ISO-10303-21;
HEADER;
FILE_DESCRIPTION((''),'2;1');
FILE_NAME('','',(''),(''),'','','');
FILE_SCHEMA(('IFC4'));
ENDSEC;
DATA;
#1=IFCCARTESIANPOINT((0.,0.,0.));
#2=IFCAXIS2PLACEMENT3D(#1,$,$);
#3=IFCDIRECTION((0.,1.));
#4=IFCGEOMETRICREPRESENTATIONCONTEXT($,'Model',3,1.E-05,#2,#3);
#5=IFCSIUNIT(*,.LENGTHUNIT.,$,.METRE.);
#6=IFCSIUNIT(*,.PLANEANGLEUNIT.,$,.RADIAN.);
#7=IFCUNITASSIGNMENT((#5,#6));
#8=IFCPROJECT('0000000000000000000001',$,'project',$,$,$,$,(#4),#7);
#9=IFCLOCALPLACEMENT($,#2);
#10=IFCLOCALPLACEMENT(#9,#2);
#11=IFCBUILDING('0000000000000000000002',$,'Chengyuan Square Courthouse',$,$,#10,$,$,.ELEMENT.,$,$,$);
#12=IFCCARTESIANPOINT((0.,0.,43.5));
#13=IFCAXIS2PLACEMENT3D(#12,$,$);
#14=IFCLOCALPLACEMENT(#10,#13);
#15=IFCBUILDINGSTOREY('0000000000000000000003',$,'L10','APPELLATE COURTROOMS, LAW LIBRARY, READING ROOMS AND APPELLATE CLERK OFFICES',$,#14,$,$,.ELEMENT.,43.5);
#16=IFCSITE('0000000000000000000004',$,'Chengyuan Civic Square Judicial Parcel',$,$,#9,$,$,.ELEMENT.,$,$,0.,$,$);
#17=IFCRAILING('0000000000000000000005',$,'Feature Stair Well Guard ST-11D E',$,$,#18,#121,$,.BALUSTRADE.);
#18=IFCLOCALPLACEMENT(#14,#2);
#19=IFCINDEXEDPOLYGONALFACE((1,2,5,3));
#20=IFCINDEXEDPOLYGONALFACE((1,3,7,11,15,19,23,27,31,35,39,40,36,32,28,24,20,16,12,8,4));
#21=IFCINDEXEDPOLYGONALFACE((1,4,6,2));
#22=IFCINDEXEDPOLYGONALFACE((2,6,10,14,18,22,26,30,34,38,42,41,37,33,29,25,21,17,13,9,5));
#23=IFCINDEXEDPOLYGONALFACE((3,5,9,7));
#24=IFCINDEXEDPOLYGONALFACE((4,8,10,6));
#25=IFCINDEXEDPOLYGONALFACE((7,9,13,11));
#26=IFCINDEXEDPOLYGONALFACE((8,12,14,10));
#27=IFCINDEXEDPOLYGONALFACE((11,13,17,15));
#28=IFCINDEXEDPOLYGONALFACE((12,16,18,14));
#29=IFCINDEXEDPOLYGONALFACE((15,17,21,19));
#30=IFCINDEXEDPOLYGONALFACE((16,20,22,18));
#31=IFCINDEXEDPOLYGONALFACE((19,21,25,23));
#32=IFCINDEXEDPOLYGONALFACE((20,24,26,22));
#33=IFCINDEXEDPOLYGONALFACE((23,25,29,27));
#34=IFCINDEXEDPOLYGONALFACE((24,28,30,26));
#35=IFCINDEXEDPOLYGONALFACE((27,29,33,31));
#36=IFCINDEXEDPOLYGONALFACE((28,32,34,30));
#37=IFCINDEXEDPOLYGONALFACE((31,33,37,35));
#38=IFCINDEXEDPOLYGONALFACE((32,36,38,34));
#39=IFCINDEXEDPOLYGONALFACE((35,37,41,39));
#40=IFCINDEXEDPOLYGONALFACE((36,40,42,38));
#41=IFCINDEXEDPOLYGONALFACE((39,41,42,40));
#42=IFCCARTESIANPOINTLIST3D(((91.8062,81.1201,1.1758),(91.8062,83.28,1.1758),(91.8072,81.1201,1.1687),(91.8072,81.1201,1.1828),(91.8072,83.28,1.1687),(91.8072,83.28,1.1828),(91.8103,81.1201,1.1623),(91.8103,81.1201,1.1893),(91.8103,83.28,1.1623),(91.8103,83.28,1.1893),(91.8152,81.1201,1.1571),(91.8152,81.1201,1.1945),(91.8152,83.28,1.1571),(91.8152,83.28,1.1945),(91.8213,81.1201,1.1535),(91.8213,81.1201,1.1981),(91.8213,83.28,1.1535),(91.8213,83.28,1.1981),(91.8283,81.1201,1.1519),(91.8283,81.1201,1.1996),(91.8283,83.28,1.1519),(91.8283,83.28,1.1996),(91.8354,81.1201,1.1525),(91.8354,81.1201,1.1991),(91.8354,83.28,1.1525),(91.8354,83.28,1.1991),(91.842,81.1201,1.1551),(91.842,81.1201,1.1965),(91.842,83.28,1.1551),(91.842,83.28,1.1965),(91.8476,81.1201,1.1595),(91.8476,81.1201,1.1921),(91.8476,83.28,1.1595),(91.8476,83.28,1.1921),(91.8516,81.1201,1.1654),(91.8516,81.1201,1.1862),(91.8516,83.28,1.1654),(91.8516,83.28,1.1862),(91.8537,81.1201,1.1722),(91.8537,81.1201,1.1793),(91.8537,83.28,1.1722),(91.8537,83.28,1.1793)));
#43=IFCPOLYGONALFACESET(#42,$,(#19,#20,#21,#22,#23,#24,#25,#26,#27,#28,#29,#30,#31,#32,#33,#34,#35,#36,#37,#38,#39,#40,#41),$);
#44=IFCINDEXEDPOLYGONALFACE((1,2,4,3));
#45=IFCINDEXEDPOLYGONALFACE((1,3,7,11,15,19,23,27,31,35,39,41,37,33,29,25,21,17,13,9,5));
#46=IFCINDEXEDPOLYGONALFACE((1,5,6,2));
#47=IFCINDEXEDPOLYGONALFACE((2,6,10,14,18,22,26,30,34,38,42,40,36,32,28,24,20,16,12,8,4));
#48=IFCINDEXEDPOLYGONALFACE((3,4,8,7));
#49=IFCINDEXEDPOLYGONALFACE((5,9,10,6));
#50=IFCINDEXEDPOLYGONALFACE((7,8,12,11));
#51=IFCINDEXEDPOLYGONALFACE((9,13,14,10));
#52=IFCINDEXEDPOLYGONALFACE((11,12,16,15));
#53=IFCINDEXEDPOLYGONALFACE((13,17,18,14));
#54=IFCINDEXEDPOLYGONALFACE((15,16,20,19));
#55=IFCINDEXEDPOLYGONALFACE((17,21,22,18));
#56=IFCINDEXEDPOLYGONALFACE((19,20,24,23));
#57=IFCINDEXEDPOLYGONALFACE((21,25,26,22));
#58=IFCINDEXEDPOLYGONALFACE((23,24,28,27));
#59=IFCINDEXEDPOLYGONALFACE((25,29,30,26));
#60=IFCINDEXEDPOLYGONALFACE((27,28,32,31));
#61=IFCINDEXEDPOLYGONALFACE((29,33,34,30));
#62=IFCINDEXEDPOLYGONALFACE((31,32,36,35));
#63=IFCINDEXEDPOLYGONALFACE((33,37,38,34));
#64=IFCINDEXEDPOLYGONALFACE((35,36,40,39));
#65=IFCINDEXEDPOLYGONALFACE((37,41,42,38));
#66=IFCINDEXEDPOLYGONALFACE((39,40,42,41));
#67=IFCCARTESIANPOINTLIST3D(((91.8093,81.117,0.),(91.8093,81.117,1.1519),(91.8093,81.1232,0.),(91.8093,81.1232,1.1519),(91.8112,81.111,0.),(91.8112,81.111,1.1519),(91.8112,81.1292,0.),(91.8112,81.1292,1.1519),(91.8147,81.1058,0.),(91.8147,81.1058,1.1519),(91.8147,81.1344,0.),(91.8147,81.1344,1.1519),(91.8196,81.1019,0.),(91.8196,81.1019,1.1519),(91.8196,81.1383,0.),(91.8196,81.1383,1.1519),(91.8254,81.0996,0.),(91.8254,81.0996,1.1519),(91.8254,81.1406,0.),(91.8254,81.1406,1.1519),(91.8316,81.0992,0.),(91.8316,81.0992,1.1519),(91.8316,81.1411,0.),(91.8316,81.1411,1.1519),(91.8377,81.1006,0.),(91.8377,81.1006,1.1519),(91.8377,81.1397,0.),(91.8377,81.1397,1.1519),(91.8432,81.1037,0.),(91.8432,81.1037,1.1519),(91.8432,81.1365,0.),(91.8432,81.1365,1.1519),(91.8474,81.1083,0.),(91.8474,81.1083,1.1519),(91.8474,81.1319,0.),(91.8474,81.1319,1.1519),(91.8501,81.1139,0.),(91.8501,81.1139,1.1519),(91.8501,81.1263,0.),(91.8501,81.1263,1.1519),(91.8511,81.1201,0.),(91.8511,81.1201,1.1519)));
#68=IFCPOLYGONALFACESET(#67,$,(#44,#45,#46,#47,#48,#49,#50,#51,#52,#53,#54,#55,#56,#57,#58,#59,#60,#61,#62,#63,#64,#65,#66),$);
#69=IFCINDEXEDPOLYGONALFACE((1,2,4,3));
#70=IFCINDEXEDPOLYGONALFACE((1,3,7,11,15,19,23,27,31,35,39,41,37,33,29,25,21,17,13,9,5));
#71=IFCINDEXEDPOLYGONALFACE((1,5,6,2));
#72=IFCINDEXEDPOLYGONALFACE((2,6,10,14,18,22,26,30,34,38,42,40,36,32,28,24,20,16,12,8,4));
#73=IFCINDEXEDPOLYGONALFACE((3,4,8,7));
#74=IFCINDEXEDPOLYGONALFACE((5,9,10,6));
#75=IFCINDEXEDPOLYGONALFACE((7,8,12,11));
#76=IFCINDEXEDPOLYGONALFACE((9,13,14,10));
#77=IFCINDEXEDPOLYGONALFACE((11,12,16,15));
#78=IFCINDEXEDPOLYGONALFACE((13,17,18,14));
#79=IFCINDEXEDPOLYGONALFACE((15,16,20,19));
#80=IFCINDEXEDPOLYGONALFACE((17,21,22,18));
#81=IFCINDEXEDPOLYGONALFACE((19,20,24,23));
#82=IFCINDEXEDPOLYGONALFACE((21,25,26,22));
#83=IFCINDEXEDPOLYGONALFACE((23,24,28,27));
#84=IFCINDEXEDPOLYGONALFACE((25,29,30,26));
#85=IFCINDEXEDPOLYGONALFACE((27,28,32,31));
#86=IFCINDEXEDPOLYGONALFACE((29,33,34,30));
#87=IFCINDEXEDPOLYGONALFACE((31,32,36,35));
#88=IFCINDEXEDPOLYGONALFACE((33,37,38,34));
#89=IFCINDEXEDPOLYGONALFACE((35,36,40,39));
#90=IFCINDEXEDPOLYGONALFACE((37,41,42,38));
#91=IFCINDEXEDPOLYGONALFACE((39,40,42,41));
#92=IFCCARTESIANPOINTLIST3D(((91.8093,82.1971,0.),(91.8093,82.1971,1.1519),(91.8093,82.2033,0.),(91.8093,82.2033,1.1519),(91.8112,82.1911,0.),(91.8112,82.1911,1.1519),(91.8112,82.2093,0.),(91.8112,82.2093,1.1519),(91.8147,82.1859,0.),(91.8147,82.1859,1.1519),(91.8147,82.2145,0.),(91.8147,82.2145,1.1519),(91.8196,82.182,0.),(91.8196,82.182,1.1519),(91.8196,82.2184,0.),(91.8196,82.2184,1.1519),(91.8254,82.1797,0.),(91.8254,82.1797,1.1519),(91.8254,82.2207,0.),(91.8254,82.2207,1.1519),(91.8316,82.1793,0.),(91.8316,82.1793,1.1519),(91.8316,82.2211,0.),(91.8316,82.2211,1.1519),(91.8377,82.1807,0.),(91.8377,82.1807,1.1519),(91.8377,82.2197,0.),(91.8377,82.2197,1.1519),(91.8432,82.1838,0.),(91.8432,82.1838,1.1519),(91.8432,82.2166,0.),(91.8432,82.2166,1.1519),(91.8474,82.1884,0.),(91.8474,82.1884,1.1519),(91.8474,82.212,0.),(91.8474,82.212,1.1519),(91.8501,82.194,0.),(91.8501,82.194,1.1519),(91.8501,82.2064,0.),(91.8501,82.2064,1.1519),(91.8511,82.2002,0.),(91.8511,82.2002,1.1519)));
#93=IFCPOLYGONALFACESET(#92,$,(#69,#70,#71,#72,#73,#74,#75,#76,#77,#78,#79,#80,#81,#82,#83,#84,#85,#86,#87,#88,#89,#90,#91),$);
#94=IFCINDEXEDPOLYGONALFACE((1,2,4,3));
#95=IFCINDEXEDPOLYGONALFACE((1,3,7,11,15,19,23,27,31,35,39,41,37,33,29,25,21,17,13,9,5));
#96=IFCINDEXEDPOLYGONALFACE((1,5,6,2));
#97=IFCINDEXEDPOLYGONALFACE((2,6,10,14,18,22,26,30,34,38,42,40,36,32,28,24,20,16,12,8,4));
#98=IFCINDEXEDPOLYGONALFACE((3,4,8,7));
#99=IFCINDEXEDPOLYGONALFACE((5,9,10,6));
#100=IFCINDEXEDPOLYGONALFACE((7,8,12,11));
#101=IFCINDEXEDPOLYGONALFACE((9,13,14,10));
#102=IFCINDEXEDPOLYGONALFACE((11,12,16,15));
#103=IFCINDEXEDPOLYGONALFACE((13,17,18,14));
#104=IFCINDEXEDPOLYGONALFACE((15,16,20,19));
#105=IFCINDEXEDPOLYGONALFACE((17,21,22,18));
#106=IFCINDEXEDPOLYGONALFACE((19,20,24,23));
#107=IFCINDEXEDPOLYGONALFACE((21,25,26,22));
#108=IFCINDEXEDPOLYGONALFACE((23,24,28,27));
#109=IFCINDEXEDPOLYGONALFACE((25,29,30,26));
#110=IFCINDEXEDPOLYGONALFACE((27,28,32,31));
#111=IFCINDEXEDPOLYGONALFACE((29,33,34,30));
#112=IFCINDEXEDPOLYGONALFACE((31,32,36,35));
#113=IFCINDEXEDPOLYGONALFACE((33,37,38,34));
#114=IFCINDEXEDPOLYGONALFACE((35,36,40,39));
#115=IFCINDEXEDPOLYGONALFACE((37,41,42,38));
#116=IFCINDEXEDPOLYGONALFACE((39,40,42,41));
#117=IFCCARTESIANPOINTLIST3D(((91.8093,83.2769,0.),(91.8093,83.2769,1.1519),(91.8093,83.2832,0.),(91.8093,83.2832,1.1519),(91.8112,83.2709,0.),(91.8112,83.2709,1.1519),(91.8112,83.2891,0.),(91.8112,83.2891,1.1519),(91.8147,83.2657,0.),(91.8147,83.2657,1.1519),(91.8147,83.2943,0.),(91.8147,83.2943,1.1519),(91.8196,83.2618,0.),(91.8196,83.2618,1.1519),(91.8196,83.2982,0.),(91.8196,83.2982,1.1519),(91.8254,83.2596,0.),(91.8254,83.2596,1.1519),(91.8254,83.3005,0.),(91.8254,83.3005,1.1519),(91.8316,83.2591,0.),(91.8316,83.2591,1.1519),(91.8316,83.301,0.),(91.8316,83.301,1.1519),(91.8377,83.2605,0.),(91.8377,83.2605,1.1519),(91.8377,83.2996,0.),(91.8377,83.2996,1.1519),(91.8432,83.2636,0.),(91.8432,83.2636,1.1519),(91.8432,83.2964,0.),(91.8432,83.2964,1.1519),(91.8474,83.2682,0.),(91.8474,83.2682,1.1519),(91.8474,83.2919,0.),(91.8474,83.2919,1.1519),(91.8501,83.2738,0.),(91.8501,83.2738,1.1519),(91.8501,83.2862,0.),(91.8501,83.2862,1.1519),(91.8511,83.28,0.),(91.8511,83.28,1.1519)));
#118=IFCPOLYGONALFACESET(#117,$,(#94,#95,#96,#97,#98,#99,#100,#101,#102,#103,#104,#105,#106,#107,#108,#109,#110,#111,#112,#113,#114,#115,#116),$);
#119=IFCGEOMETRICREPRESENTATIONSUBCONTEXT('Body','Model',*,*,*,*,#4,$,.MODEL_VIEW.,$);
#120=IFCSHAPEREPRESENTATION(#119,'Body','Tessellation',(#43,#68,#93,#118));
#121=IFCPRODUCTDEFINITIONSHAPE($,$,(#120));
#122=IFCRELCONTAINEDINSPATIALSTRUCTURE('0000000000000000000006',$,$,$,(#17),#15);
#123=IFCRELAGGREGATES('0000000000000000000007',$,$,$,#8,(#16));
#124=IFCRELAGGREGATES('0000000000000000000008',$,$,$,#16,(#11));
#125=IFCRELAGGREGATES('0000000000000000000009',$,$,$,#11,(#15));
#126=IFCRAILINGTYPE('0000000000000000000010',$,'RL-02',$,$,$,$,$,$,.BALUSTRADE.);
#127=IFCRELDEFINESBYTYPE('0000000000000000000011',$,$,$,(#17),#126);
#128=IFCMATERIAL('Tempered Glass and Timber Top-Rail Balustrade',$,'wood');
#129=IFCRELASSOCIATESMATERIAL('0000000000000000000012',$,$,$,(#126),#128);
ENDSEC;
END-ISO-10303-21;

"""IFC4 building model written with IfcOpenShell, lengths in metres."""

from ifc_helpers import new_model, si_unit, direction, frame, origin, origin_2d, place, context, subcontext, project, spatial, circle, extrude, material, type_object, element, save


model = new_model("IFC4")

# Units and contexts
model_context = context("Model", 3, precision=1e-05, world=origin(), true_north=direction((0.0, 1.0)))
body_context = subcontext(model_context, "Body", "Model", "MODEL_VIEW")
ifc_project = project(units=[si_unit("LENGTHUNIT", "METRE"), si_unit("PLANEANGLEUNIT", "RADIAN")], contexts=[model_context])

# Site, building, storey
site_placement = place(None, origin())
site = spatial("IfcSite", under=ifc_project, at=site_placement, Name="Chengyuan Civic Square Judicial Parcel", CompositionType="ELEMENT", RefElevation=0.0)
building_placement = place(site_placement, origin())
building = spatial("IfcBuilding", under=site, at=building_placement, Name="Chengyuan Square Courthouse", CompositionType="ELEMENT")
storey_placement = place(building_placement, frame((0.0, 0.0, 43.5)))
storey = spatial("IfcBuildingStorey", under=building, at=storey_placement, Name="L10", Description="APPELLATE COURTROOMS, LAW LIBRARY, READING ROOMS AND APPELLATE CLERK OFFICES", CompositionType="ELEMENT", Elevation=43.5)

# Railing
ifc_material_1 = material(Name="Tempered Glass and Timber Top-Rail Balustrade", Category="wood")
railing_type = type_object("IfcRailingType", Name="RL-02", PredefinedType="BALUSTRADE", material=ifc_material_1)
railing_1_placement = place(storey_placement, frame((91.8301, 81.1201, 0.0)))
element("IfcRailing", 1, at=railing_1_placement, inside=storey, type_object=railing_type, Name="Feature Stair Well Guard ST-11D E", PredefinedType="BALUSTRADE", context=body_context, shape_type="SweptSolid", body=[
    extrude(circle(Radius=0.0239, at=origin_2d()), frame((0.0, 0.0, 1.1758), z_axis=(0.0, 1.0, 0.0), x_axis=(-1.0, 0.0, 0.0)), (0.0, 0.0, 1.0), 2.1599),
    extrude(circle(Radius=0.021, at=origin_2d()), origin(), (0.0, 0.0, 1.0), 1.1519),
    extrude(circle(Radius=0.021, at=origin_2d()), frame((0.0, 1.0801, 0.0)), (0.0, 0.0, 1.0), 1.1519),
    extrude(circle(Radius=0.021, at=origin_2d()), frame((0.0, 2.1599, 0.0)), (0.0, 0.0, 1.0), 1.1519),
])

save(model, "model.ifc")
